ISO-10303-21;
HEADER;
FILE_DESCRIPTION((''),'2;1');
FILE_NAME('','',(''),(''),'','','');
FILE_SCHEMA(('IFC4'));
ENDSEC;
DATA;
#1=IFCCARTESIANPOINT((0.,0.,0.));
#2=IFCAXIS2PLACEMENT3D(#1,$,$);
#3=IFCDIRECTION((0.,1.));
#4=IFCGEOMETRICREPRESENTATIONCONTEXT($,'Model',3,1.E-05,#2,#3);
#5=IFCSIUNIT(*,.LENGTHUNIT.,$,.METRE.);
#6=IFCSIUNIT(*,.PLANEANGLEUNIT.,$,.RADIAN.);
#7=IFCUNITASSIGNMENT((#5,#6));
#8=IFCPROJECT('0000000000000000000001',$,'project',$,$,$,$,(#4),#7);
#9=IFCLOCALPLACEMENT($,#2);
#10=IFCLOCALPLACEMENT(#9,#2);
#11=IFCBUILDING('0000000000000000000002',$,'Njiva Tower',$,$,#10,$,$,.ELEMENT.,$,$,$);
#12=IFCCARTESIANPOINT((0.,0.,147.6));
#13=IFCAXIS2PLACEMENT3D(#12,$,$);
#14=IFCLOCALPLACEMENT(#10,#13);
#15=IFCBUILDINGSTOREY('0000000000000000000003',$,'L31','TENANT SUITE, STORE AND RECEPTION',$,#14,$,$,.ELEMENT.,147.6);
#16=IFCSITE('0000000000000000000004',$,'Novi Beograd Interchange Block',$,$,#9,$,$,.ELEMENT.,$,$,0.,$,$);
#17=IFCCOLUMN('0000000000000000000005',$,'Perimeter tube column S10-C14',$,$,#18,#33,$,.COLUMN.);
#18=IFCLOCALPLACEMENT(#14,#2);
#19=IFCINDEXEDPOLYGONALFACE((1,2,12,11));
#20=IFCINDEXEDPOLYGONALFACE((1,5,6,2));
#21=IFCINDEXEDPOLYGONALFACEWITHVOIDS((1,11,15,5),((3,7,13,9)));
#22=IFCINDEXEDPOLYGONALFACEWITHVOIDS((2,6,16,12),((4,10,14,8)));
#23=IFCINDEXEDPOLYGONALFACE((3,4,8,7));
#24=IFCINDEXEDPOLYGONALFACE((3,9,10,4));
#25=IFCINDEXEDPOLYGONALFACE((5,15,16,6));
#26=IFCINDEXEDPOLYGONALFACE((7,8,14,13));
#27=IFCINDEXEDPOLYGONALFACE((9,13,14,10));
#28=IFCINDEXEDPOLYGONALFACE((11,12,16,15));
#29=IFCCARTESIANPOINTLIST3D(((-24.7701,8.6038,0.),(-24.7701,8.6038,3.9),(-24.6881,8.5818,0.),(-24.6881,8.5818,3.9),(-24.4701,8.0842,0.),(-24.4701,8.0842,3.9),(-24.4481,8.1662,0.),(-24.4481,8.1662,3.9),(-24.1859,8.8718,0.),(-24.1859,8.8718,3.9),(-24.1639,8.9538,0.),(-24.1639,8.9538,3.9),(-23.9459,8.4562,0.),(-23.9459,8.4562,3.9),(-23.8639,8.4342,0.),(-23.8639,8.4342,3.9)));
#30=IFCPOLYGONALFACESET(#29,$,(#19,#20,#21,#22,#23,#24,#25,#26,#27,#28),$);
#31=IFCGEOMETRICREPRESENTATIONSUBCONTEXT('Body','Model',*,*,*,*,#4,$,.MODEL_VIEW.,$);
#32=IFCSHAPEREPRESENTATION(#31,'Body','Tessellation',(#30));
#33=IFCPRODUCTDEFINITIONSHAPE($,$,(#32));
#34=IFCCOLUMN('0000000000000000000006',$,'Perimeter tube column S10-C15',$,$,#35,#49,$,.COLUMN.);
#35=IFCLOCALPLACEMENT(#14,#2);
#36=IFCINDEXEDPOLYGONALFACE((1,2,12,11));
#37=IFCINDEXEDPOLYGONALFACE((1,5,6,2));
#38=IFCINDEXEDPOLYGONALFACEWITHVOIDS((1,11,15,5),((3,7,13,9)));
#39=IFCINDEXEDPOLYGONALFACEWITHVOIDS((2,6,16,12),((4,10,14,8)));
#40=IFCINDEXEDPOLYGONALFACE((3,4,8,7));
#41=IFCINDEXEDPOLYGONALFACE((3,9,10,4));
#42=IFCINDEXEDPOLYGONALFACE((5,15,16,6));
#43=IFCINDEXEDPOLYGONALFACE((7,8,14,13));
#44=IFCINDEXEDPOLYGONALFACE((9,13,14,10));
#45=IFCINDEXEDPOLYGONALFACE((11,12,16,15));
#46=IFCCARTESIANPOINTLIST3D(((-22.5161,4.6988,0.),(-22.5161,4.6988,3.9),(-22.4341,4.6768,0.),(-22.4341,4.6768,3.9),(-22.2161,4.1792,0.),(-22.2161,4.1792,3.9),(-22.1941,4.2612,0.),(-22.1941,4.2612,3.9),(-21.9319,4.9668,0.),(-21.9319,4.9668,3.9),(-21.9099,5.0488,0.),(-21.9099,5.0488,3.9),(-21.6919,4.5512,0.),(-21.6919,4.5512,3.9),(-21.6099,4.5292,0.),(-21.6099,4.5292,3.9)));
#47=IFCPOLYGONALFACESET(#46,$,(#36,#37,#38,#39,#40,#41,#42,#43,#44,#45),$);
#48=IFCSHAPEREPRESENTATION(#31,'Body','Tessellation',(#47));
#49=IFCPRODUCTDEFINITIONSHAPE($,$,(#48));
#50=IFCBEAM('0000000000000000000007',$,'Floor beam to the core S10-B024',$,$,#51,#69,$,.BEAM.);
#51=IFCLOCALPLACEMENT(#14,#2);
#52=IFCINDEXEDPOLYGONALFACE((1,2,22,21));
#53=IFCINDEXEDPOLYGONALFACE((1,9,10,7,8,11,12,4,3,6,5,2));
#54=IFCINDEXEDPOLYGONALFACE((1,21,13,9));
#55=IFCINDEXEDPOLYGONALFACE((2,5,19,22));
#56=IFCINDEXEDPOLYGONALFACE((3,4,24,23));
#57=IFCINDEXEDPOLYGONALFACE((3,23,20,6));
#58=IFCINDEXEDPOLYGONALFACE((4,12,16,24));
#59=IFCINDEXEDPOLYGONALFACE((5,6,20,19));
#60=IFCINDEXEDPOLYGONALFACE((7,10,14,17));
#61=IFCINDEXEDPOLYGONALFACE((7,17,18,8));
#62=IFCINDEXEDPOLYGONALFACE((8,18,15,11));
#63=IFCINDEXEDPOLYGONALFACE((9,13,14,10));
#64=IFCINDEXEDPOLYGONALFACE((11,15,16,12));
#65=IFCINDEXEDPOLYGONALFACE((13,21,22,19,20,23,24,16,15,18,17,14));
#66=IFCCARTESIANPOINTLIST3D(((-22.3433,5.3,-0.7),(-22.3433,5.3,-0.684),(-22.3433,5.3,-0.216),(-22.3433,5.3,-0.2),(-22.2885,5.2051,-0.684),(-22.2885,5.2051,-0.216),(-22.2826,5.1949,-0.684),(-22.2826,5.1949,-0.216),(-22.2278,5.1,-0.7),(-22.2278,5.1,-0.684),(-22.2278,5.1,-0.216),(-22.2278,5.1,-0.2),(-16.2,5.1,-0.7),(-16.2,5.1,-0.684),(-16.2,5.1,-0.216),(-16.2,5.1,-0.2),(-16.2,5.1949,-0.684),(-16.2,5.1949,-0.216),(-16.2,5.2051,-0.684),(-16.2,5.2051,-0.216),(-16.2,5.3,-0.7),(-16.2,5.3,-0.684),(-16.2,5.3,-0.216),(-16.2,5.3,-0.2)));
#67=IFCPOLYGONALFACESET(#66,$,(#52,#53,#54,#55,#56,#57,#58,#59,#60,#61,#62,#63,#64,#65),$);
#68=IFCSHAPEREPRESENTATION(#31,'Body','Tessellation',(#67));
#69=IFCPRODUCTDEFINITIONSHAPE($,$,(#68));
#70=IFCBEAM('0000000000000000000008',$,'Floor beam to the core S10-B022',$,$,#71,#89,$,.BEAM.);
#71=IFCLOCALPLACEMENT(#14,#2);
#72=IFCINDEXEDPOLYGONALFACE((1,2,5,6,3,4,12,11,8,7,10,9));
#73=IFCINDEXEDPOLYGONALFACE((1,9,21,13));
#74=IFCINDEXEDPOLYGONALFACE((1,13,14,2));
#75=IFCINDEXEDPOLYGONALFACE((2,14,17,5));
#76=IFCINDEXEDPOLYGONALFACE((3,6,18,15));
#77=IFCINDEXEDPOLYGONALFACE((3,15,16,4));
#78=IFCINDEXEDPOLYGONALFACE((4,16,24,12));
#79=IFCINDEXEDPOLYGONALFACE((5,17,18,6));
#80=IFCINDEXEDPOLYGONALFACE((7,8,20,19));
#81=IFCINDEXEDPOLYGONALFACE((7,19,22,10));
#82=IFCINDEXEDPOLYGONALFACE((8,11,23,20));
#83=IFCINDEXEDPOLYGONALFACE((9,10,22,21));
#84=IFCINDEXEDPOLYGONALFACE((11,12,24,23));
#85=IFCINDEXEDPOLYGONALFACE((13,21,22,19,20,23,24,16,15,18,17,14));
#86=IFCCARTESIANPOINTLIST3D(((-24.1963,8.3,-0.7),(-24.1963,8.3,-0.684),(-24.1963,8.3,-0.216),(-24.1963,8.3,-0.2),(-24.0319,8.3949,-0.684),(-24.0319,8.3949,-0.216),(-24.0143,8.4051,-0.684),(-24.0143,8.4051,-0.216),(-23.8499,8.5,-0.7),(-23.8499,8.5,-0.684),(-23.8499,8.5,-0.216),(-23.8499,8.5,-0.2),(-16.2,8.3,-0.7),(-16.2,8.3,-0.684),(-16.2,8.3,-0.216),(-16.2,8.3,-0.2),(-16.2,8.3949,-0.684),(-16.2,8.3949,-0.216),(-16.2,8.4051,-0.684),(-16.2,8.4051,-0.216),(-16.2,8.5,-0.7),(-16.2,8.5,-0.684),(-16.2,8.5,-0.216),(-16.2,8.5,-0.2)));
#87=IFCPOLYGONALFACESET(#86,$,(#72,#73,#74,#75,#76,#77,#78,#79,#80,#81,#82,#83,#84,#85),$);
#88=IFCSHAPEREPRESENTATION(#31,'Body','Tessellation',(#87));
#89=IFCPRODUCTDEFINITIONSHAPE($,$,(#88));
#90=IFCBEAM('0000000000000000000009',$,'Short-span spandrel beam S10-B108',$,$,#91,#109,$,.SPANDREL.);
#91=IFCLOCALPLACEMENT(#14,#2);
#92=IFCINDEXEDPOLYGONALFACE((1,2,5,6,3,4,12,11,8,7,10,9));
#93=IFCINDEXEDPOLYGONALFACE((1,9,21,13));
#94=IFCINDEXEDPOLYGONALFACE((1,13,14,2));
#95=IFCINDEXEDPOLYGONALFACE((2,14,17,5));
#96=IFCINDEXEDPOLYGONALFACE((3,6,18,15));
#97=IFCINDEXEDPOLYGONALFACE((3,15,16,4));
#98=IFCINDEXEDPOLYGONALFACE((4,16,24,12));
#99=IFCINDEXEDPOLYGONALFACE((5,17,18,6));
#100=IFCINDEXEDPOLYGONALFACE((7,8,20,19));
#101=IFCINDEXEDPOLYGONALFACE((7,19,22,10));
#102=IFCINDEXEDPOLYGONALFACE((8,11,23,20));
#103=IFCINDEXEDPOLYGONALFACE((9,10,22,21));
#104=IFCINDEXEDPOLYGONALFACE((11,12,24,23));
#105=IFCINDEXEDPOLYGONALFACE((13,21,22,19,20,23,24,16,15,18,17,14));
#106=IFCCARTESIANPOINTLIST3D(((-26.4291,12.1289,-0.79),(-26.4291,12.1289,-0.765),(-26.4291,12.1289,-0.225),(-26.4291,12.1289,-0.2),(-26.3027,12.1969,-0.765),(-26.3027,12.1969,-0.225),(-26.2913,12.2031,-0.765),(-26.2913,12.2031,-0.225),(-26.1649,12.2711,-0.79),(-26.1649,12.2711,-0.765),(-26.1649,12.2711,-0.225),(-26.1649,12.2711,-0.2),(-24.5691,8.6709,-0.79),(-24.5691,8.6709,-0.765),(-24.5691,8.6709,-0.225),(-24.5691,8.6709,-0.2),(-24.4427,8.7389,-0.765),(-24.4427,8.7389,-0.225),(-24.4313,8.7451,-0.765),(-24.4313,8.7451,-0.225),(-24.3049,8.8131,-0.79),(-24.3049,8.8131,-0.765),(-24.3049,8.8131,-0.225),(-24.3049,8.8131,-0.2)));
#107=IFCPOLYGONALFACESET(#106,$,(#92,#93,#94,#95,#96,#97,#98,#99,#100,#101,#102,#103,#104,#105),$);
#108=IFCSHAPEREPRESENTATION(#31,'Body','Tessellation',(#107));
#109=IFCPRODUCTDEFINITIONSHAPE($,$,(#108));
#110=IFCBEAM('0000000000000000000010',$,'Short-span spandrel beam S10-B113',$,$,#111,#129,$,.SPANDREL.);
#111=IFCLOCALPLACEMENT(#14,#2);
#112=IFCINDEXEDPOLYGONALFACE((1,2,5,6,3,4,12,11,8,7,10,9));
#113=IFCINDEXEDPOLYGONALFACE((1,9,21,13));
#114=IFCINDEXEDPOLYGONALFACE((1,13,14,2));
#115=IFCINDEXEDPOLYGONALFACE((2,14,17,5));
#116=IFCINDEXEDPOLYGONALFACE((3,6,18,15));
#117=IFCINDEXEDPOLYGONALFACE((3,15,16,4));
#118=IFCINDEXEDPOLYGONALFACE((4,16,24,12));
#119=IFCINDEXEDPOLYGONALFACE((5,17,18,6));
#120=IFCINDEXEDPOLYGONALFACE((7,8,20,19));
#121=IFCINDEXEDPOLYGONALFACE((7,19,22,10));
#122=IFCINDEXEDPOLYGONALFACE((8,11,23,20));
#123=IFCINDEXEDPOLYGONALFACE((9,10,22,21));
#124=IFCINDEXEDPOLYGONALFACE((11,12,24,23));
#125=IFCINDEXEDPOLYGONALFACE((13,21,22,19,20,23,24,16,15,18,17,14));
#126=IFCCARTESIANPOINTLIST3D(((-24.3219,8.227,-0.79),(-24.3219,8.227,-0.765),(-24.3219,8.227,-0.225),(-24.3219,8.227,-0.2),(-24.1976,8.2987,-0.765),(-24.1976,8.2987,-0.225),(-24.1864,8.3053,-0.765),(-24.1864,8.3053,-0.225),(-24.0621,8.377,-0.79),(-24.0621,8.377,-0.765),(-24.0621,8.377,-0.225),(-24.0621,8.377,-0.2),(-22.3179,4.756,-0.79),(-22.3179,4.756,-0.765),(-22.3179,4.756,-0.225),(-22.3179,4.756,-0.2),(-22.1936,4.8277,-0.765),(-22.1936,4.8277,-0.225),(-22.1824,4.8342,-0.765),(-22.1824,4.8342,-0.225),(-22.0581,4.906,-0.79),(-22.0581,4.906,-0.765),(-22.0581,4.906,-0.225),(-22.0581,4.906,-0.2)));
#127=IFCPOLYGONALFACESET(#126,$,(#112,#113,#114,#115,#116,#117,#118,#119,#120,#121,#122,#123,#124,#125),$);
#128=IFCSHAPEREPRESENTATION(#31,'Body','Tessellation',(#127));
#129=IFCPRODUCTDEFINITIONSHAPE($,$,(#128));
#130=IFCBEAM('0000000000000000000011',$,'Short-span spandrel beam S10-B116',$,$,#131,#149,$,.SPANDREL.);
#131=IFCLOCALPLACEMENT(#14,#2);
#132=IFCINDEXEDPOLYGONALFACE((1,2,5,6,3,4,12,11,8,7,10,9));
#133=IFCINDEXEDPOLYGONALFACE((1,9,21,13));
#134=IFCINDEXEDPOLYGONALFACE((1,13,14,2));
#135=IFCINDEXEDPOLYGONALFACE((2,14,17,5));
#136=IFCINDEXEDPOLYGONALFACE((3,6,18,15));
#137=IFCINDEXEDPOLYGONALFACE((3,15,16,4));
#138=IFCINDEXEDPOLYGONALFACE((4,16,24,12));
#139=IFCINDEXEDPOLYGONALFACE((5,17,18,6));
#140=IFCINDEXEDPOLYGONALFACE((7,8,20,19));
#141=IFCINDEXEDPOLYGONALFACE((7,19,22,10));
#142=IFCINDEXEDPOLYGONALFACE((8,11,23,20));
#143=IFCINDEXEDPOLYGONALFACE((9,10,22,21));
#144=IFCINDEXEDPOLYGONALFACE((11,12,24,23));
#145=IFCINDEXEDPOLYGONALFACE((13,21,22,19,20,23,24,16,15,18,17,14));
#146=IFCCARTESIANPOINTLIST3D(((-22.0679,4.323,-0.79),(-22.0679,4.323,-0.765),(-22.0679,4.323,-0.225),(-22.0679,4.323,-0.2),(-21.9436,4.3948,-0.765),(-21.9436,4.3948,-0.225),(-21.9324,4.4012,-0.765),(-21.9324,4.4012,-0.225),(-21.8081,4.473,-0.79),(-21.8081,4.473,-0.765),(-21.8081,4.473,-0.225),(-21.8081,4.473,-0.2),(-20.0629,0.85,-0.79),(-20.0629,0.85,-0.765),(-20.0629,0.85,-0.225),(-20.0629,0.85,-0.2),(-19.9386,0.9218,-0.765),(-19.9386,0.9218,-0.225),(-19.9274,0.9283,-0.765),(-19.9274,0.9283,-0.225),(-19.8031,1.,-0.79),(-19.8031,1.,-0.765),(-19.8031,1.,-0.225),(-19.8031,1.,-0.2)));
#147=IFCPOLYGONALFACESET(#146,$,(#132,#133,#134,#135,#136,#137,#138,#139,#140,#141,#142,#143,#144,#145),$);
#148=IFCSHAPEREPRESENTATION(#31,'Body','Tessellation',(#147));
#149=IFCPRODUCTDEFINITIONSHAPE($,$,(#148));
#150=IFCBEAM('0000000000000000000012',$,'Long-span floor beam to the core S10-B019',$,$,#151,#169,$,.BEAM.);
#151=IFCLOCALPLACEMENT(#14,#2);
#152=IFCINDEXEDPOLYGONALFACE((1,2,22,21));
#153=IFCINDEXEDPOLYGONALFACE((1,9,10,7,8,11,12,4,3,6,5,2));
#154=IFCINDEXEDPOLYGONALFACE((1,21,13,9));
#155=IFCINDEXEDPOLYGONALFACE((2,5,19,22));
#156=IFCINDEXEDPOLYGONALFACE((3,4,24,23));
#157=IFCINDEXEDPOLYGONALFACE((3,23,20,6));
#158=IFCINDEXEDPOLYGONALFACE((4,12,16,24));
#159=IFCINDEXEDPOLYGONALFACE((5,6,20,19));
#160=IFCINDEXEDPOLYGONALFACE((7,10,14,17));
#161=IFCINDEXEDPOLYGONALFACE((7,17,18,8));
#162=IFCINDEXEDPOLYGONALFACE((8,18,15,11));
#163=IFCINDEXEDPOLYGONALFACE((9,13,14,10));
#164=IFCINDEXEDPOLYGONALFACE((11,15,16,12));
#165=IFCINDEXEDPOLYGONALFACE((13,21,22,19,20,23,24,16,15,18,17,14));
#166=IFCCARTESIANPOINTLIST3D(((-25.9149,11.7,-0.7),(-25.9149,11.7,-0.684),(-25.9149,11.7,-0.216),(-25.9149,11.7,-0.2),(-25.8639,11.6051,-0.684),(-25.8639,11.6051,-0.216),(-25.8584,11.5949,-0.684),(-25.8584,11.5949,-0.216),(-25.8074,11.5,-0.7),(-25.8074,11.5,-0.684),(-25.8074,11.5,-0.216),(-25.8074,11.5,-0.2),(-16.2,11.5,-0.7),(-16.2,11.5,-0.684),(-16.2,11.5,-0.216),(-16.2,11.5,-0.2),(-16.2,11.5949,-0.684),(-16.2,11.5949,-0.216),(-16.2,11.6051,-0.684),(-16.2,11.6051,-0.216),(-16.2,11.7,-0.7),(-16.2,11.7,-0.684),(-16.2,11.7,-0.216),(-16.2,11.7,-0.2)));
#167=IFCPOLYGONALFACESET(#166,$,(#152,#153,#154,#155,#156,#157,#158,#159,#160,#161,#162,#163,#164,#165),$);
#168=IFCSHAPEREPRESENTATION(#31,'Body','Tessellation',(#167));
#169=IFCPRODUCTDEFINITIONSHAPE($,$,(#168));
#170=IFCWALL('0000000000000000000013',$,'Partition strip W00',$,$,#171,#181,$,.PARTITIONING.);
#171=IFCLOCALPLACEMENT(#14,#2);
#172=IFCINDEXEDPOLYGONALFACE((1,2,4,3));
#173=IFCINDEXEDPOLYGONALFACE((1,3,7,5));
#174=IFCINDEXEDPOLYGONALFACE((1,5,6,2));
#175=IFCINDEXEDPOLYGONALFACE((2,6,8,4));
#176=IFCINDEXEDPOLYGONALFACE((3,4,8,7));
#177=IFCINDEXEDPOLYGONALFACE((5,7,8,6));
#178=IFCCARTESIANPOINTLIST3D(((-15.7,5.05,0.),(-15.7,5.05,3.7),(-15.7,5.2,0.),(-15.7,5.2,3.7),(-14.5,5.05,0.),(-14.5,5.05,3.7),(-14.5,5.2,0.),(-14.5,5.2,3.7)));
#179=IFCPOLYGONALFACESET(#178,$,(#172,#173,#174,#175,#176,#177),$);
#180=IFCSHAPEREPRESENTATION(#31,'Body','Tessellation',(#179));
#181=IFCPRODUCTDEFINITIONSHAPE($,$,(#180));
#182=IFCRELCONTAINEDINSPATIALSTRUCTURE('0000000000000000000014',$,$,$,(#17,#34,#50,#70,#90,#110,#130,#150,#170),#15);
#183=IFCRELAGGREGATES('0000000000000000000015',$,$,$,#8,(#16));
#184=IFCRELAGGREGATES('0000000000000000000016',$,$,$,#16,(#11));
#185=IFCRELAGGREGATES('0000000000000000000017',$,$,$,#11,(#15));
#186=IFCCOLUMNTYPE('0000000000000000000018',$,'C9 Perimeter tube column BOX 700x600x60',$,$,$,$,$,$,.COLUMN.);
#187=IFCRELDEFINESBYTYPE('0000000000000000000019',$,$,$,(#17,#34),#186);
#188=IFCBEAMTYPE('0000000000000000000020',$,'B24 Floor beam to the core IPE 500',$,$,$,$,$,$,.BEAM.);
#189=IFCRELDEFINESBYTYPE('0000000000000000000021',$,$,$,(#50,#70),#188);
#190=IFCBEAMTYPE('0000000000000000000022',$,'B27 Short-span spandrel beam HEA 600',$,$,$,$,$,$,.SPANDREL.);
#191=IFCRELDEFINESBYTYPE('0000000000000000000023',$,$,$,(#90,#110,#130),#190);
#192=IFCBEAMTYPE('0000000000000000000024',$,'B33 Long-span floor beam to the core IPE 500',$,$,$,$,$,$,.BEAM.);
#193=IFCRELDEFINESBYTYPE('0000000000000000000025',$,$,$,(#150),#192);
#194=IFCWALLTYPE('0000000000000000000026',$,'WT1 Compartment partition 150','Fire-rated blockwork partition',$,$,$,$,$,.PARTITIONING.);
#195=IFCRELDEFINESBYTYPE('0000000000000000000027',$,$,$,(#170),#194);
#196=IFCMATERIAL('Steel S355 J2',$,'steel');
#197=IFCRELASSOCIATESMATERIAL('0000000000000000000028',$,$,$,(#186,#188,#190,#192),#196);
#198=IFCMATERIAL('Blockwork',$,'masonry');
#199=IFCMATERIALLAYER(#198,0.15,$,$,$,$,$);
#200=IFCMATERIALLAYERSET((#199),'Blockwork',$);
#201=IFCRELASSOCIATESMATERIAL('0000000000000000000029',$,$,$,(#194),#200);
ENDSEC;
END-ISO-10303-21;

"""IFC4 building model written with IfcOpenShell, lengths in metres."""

from ifc_helpers import new_model, si_unit, direction, frame, frame_2d, origin, origin_2d, place, context, subcontext, project, spatial, rectangle, hollow_rectangle, i_section, extrude, clip, halfspace, material, layer, layer_set, material_profile, profile_set, type_object, element, save


model = new_model("IFC4")

# Units and contexts
model_context = context("Model", 3, precision=1e-05, world=origin(), true_north=direction((0.0, 1.0)))
body_context = subcontext(model_context, "Body", "Model", "MODEL_VIEW")
ifc_project = project(units=[si_unit("LENGTHUNIT", "METRE"), si_unit("PLANEANGLEUNIT", "RADIAN")], contexts=[model_context])

# Site, building, storey
site_placement = place(None, origin())
site = spatial("IfcSite", under=ifc_project, at=site_placement, Name="Novi Beograd Interchange Block", CompositionType="ELEMENT", RefElevation=0.0)
building_placement = place(site_placement, origin())
building = spatial("IfcBuilding", under=site, at=building_placement, Name="Njiva Tower", CompositionType="ELEMENT")
storey_placement = place(building_placement, frame((0.0, 0.0, 147.6)))
storey = spatial("IfcBuildingStorey", under=building, at=storey_placement, Name="L31", Description="TENANT SUITE, STORE AND RECEPTION", CompositionType="ELEMENT", Elevation=147.6)

# Columns
ifc_material_1 = material(Name="Steel S355 J2", Category="steel")
ifc_material_profile_1 = material_profile(ifc_material_1, hollow_rectangle(XDim=0.6, YDim=0.7, WallThickness=0.06, at=origin_2d()), Name="BOX 700x600x60")
ifc_profile_set_1 = profile_set([ifc_material_profile_1], Name="Steel S355 J2")
column_type = type_object("IfcColumnType", Name="C9 Perimeter tube column BOX 700x600x60", PredefinedType="COLUMN", material=ifc_profile_set_1)
for number, where, z_axis, x_axis, name in (
    (1, (-24.317, 8.519, 0.0), (0.0, 0.0, 1.0), (0.5, -0.866025, 0.0), "Perimeter tube column S10-C14"),
    (2, (-22.063, 4.614, 0.0), (0.0, 0.0, 1.0), (0.5, -0.866025, 0.0), "Perimeter tube column S10-C15"),
):
    element("IfcColumn", number, at=place(storey_placement, frame(where, z_axis=z_axis, x_axis=x_axis)), inside=storey, type_object=column_type, Name=name, PredefinedType="COLUMN", context=body_context, shape_type="SweptSolid", body=[
        extrude(hollow_rectangle(XDim=0.6, YDim=0.7, WallThickness=0.06, at=origin_2d()), origin(), (0.0, 0.0, 1.0), 3.9),
    ])

# Beams
ifc_material_profile_2 = material_profile(ifc_material_1, i_section(OverallWidth=0.2, OverallDepth=0.5, WebThickness=0.0102, FlangeThickness=0.016, at=origin_2d()), Name="IPE 500")
ifc_profile_set_2 = profile_set([ifc_material_profile_2], Name="Steel S355 J2")
beam_type_1 = type_object("IfcBeamType", Name="B24 Floor beam to the core IPE 500", PredefinedType="BEAM", material=ifc_profile_set_2)
beam_1_placement = place(storey_placement, frame((-22.364, 5.2, -0.45), z_axis=(1.0, 0.0, 0.0), x_axis=(0.0, 1.0, 0.0)))
element("IfcBeam", 3, at=beam_1_placement, inside=storey, type_object=beam_type_1, Name="Floor beam to the core S10-B024", PredefinedType="BEAM", context=body_context, shape_type="Clipping", body=[
    clip(extrude(i_section(OverallWidth=0.2, OverallDepth=0.5, WebThickness=0.0102, FlangeThickness=0.016, at=origin_2d()), origin(), (0.0, 0.0, 1.0), 6.164), halfspace(frame((-0.025, 0.0, 0.0929), z_axis=(-0.499998, 0.0, -0.866027), x_axis=(0.0, -1.0, 0.0)), False)),
])
beam_2_placement = place(storey_placement, frame((-24.216, 8.4, -0.45), z_axis=(1.0, 0.0, 0.0), x_axis=(0.0, 1.0, 0.0)))
element("IfcBeam", 4, at=beam_2_placement, inside=storey, type_object=beam_type_1, Name="Floor beam to the core S10-B022", PredefinedType="BEAM", context=body_context, shape_type="Clipping", body=[
    clip(extrude(i_section(OverallWidth=0.2, OverallDepth=0.5, WebThickness=0.0102, FlangeThickness=0.016, at=origin_2d()), origin(), (0.0, 0.0, 1.0), 8.016), halfspace(frame((0.0433, 0.0, 0.2679), z_axis=(0.866027, 0.0, -0.499998), x_axis=(0.0, -1.0, 0.0)), False)),
])
ifc_material_profile_3 = material_profile(ifc_material_1, i_section(OverallWidth=0.3, OverallDepth=0.59, WebThickness=0.013, FlangeThickness=0.025, at=origin_2d()), Name="HEA 600")
ifc_profile_set_3 = profile_set([ifc_material_profile_3], Name="Steel S355 J2")
beam_type_2 = type_object("IfcBeamType", Name="B27 Short-span spandrel beam HEA 600", PredefinedType="SPANDREL", material=ifc_profile_set_3)
beam_3_placement = place(storey_placement, frame((-26.297, 12.2, -0.495), z_axis=(0.473705, -0.880684, 0.0), x_axis=(0.880684, 0.473705, 0.0)))
element("IfcBeam", 5, at=beam_3_placement, inside=storey, type_object=beam_type_2, Name="Short-span spandrel beam S10-B108", PredefinedType="SPANDREL", context=body_context, shape_type="SweptSolid", body=[
    extrude(i_section(OverallWidth=0.3, OverallDepth=0.59, WebThickness=0.013, FlangeThickness=0.025, at=origin_2d()), origin(), (0.0, 0.0, 1.0), 3.9265),
])
beam_4_placement = place(storey_placement, frame((-24.192, 8.302, -0.495), z_axis=(0.500003, -0.866024, 0.0), x_axis=(0.866024, 0.500003, 0.0)))
element("IfcBeam", 6, at=beam_4_placement, inside=storey, type_object=beam_type_2, Name="Short-span spandrel beam S10-B113", PredefinedType="SPANDREL", context=body_context, shape_type="SweptSolid", body=[
    extrude(i_section(OverallWidth=0.3, OverallDepth=0.59, WebThickness=0.013, FlangeThickness=0.025, at=origin_2d()), origin(), (0.0, 0.0, 1.0), 4.008),
])
beam_5_placement = place(storey_placement, frame((-21.938, 4.398, -0.495), z_axis=(0.499974, -0.86604, 0.0), x_axis=(0.86604, 0.499974, 0.0)))
element("IfcBeam", 7, at=beam_5_placement, inside=storey, type_object=beam_type_2, Name="Short-span spandrel beam S10-B116", PredefinedType="SPANDREL", context=body_context, shape_type="SweptSolid", body=[
    extrude(i_section(OverallWidth=0.3, OverallDepth=0.59, WebThickness=0.013, FlangeThickness=0.025, at=origin_2d()), origin(), (0.0, 0.0, 1.0), 4.0102),
])
ifc_material_profile_4 = material_profile(ifc_material_1, i_section(OverallWidth=0.2, OverallDepth=0.5, WebThickness=0.0102, FlangeThickness=0.016, at=origin_2d()), Name="IPE 500")
ifc_profile_set_4 = profile_set([ifc_material_profile_4], Name="Steel S355 J2")
beam_type_3 = type_object("IfcBeamType", Name="B33 Long-span floor beam to the core IPE 500", PredefinedType="BEAM", material=ifc_profile_set_4)
beam_6_placement = place(storey_placement, frame((-25.935, 11.6, -0.45), z_axis=(1.0, 0.0, 0.0), x_axis=(0.0, 1.0, 0.0)))
element("IfcBeam", 8, at=beam_6_placement, inside=storey, type_object=beam_type_3, Name="Long-span floor beam to the core S10-B019", PredefinedType="BEAM", context=body_context, shape_type="Clipping", body=[
    clip(extrude(i_section(OverallWidth=0.2, OverallDepth=0.5, WebThickness=0.0102, FlangeThickness=0.016, at=origin_2d()), origin(), (0.0, 0.0, 1.0), 9.735), halfspace(frame((-0.0237, 0.0, 0.0866), z_axis=(-0.473777, 0.0, -0.880645), x_axis=(0.0, -1.0, 0.0)), False)),
])

# Wall
ifc_material_2 = material(Name="Blockwork", Category="masonry")
ifc_layer_1 = layer(ifc_material_2, 0.15)
ifc_layer_set_1 = layer_set([ifc_layer_1], Name="Blockwork")
wall_type_1 = type_object("IfcWallType", Name="WT1 Compartment partition 150", Description="Fire-rated blockwork partition", PredefinedType="PARTITIONING", material=ifc_layer_set_1)
wall_1_placement = place(storey_placement, frame((-15.7, 5.125, 0.0), z_axis=(0.0, 0.0, 1.0), x_axis=(1.0, 0.0, 0.0)))
element("IfcWall", 9, at=wall_1_placement, inside=storey, type_object=wall_type_1, Name="Partition strip W00", PredefinedType="PARTITIONING", context=body_context, shape_type="SweptSolid", body=[
    extrude(rectangle(XDim=1.2, YDim=0.15, at=frame_2d((0.6, 0.0))), origin(), (0.0, 0.0, 1.0), 3.7),
])

save(model, "model.ifc")
